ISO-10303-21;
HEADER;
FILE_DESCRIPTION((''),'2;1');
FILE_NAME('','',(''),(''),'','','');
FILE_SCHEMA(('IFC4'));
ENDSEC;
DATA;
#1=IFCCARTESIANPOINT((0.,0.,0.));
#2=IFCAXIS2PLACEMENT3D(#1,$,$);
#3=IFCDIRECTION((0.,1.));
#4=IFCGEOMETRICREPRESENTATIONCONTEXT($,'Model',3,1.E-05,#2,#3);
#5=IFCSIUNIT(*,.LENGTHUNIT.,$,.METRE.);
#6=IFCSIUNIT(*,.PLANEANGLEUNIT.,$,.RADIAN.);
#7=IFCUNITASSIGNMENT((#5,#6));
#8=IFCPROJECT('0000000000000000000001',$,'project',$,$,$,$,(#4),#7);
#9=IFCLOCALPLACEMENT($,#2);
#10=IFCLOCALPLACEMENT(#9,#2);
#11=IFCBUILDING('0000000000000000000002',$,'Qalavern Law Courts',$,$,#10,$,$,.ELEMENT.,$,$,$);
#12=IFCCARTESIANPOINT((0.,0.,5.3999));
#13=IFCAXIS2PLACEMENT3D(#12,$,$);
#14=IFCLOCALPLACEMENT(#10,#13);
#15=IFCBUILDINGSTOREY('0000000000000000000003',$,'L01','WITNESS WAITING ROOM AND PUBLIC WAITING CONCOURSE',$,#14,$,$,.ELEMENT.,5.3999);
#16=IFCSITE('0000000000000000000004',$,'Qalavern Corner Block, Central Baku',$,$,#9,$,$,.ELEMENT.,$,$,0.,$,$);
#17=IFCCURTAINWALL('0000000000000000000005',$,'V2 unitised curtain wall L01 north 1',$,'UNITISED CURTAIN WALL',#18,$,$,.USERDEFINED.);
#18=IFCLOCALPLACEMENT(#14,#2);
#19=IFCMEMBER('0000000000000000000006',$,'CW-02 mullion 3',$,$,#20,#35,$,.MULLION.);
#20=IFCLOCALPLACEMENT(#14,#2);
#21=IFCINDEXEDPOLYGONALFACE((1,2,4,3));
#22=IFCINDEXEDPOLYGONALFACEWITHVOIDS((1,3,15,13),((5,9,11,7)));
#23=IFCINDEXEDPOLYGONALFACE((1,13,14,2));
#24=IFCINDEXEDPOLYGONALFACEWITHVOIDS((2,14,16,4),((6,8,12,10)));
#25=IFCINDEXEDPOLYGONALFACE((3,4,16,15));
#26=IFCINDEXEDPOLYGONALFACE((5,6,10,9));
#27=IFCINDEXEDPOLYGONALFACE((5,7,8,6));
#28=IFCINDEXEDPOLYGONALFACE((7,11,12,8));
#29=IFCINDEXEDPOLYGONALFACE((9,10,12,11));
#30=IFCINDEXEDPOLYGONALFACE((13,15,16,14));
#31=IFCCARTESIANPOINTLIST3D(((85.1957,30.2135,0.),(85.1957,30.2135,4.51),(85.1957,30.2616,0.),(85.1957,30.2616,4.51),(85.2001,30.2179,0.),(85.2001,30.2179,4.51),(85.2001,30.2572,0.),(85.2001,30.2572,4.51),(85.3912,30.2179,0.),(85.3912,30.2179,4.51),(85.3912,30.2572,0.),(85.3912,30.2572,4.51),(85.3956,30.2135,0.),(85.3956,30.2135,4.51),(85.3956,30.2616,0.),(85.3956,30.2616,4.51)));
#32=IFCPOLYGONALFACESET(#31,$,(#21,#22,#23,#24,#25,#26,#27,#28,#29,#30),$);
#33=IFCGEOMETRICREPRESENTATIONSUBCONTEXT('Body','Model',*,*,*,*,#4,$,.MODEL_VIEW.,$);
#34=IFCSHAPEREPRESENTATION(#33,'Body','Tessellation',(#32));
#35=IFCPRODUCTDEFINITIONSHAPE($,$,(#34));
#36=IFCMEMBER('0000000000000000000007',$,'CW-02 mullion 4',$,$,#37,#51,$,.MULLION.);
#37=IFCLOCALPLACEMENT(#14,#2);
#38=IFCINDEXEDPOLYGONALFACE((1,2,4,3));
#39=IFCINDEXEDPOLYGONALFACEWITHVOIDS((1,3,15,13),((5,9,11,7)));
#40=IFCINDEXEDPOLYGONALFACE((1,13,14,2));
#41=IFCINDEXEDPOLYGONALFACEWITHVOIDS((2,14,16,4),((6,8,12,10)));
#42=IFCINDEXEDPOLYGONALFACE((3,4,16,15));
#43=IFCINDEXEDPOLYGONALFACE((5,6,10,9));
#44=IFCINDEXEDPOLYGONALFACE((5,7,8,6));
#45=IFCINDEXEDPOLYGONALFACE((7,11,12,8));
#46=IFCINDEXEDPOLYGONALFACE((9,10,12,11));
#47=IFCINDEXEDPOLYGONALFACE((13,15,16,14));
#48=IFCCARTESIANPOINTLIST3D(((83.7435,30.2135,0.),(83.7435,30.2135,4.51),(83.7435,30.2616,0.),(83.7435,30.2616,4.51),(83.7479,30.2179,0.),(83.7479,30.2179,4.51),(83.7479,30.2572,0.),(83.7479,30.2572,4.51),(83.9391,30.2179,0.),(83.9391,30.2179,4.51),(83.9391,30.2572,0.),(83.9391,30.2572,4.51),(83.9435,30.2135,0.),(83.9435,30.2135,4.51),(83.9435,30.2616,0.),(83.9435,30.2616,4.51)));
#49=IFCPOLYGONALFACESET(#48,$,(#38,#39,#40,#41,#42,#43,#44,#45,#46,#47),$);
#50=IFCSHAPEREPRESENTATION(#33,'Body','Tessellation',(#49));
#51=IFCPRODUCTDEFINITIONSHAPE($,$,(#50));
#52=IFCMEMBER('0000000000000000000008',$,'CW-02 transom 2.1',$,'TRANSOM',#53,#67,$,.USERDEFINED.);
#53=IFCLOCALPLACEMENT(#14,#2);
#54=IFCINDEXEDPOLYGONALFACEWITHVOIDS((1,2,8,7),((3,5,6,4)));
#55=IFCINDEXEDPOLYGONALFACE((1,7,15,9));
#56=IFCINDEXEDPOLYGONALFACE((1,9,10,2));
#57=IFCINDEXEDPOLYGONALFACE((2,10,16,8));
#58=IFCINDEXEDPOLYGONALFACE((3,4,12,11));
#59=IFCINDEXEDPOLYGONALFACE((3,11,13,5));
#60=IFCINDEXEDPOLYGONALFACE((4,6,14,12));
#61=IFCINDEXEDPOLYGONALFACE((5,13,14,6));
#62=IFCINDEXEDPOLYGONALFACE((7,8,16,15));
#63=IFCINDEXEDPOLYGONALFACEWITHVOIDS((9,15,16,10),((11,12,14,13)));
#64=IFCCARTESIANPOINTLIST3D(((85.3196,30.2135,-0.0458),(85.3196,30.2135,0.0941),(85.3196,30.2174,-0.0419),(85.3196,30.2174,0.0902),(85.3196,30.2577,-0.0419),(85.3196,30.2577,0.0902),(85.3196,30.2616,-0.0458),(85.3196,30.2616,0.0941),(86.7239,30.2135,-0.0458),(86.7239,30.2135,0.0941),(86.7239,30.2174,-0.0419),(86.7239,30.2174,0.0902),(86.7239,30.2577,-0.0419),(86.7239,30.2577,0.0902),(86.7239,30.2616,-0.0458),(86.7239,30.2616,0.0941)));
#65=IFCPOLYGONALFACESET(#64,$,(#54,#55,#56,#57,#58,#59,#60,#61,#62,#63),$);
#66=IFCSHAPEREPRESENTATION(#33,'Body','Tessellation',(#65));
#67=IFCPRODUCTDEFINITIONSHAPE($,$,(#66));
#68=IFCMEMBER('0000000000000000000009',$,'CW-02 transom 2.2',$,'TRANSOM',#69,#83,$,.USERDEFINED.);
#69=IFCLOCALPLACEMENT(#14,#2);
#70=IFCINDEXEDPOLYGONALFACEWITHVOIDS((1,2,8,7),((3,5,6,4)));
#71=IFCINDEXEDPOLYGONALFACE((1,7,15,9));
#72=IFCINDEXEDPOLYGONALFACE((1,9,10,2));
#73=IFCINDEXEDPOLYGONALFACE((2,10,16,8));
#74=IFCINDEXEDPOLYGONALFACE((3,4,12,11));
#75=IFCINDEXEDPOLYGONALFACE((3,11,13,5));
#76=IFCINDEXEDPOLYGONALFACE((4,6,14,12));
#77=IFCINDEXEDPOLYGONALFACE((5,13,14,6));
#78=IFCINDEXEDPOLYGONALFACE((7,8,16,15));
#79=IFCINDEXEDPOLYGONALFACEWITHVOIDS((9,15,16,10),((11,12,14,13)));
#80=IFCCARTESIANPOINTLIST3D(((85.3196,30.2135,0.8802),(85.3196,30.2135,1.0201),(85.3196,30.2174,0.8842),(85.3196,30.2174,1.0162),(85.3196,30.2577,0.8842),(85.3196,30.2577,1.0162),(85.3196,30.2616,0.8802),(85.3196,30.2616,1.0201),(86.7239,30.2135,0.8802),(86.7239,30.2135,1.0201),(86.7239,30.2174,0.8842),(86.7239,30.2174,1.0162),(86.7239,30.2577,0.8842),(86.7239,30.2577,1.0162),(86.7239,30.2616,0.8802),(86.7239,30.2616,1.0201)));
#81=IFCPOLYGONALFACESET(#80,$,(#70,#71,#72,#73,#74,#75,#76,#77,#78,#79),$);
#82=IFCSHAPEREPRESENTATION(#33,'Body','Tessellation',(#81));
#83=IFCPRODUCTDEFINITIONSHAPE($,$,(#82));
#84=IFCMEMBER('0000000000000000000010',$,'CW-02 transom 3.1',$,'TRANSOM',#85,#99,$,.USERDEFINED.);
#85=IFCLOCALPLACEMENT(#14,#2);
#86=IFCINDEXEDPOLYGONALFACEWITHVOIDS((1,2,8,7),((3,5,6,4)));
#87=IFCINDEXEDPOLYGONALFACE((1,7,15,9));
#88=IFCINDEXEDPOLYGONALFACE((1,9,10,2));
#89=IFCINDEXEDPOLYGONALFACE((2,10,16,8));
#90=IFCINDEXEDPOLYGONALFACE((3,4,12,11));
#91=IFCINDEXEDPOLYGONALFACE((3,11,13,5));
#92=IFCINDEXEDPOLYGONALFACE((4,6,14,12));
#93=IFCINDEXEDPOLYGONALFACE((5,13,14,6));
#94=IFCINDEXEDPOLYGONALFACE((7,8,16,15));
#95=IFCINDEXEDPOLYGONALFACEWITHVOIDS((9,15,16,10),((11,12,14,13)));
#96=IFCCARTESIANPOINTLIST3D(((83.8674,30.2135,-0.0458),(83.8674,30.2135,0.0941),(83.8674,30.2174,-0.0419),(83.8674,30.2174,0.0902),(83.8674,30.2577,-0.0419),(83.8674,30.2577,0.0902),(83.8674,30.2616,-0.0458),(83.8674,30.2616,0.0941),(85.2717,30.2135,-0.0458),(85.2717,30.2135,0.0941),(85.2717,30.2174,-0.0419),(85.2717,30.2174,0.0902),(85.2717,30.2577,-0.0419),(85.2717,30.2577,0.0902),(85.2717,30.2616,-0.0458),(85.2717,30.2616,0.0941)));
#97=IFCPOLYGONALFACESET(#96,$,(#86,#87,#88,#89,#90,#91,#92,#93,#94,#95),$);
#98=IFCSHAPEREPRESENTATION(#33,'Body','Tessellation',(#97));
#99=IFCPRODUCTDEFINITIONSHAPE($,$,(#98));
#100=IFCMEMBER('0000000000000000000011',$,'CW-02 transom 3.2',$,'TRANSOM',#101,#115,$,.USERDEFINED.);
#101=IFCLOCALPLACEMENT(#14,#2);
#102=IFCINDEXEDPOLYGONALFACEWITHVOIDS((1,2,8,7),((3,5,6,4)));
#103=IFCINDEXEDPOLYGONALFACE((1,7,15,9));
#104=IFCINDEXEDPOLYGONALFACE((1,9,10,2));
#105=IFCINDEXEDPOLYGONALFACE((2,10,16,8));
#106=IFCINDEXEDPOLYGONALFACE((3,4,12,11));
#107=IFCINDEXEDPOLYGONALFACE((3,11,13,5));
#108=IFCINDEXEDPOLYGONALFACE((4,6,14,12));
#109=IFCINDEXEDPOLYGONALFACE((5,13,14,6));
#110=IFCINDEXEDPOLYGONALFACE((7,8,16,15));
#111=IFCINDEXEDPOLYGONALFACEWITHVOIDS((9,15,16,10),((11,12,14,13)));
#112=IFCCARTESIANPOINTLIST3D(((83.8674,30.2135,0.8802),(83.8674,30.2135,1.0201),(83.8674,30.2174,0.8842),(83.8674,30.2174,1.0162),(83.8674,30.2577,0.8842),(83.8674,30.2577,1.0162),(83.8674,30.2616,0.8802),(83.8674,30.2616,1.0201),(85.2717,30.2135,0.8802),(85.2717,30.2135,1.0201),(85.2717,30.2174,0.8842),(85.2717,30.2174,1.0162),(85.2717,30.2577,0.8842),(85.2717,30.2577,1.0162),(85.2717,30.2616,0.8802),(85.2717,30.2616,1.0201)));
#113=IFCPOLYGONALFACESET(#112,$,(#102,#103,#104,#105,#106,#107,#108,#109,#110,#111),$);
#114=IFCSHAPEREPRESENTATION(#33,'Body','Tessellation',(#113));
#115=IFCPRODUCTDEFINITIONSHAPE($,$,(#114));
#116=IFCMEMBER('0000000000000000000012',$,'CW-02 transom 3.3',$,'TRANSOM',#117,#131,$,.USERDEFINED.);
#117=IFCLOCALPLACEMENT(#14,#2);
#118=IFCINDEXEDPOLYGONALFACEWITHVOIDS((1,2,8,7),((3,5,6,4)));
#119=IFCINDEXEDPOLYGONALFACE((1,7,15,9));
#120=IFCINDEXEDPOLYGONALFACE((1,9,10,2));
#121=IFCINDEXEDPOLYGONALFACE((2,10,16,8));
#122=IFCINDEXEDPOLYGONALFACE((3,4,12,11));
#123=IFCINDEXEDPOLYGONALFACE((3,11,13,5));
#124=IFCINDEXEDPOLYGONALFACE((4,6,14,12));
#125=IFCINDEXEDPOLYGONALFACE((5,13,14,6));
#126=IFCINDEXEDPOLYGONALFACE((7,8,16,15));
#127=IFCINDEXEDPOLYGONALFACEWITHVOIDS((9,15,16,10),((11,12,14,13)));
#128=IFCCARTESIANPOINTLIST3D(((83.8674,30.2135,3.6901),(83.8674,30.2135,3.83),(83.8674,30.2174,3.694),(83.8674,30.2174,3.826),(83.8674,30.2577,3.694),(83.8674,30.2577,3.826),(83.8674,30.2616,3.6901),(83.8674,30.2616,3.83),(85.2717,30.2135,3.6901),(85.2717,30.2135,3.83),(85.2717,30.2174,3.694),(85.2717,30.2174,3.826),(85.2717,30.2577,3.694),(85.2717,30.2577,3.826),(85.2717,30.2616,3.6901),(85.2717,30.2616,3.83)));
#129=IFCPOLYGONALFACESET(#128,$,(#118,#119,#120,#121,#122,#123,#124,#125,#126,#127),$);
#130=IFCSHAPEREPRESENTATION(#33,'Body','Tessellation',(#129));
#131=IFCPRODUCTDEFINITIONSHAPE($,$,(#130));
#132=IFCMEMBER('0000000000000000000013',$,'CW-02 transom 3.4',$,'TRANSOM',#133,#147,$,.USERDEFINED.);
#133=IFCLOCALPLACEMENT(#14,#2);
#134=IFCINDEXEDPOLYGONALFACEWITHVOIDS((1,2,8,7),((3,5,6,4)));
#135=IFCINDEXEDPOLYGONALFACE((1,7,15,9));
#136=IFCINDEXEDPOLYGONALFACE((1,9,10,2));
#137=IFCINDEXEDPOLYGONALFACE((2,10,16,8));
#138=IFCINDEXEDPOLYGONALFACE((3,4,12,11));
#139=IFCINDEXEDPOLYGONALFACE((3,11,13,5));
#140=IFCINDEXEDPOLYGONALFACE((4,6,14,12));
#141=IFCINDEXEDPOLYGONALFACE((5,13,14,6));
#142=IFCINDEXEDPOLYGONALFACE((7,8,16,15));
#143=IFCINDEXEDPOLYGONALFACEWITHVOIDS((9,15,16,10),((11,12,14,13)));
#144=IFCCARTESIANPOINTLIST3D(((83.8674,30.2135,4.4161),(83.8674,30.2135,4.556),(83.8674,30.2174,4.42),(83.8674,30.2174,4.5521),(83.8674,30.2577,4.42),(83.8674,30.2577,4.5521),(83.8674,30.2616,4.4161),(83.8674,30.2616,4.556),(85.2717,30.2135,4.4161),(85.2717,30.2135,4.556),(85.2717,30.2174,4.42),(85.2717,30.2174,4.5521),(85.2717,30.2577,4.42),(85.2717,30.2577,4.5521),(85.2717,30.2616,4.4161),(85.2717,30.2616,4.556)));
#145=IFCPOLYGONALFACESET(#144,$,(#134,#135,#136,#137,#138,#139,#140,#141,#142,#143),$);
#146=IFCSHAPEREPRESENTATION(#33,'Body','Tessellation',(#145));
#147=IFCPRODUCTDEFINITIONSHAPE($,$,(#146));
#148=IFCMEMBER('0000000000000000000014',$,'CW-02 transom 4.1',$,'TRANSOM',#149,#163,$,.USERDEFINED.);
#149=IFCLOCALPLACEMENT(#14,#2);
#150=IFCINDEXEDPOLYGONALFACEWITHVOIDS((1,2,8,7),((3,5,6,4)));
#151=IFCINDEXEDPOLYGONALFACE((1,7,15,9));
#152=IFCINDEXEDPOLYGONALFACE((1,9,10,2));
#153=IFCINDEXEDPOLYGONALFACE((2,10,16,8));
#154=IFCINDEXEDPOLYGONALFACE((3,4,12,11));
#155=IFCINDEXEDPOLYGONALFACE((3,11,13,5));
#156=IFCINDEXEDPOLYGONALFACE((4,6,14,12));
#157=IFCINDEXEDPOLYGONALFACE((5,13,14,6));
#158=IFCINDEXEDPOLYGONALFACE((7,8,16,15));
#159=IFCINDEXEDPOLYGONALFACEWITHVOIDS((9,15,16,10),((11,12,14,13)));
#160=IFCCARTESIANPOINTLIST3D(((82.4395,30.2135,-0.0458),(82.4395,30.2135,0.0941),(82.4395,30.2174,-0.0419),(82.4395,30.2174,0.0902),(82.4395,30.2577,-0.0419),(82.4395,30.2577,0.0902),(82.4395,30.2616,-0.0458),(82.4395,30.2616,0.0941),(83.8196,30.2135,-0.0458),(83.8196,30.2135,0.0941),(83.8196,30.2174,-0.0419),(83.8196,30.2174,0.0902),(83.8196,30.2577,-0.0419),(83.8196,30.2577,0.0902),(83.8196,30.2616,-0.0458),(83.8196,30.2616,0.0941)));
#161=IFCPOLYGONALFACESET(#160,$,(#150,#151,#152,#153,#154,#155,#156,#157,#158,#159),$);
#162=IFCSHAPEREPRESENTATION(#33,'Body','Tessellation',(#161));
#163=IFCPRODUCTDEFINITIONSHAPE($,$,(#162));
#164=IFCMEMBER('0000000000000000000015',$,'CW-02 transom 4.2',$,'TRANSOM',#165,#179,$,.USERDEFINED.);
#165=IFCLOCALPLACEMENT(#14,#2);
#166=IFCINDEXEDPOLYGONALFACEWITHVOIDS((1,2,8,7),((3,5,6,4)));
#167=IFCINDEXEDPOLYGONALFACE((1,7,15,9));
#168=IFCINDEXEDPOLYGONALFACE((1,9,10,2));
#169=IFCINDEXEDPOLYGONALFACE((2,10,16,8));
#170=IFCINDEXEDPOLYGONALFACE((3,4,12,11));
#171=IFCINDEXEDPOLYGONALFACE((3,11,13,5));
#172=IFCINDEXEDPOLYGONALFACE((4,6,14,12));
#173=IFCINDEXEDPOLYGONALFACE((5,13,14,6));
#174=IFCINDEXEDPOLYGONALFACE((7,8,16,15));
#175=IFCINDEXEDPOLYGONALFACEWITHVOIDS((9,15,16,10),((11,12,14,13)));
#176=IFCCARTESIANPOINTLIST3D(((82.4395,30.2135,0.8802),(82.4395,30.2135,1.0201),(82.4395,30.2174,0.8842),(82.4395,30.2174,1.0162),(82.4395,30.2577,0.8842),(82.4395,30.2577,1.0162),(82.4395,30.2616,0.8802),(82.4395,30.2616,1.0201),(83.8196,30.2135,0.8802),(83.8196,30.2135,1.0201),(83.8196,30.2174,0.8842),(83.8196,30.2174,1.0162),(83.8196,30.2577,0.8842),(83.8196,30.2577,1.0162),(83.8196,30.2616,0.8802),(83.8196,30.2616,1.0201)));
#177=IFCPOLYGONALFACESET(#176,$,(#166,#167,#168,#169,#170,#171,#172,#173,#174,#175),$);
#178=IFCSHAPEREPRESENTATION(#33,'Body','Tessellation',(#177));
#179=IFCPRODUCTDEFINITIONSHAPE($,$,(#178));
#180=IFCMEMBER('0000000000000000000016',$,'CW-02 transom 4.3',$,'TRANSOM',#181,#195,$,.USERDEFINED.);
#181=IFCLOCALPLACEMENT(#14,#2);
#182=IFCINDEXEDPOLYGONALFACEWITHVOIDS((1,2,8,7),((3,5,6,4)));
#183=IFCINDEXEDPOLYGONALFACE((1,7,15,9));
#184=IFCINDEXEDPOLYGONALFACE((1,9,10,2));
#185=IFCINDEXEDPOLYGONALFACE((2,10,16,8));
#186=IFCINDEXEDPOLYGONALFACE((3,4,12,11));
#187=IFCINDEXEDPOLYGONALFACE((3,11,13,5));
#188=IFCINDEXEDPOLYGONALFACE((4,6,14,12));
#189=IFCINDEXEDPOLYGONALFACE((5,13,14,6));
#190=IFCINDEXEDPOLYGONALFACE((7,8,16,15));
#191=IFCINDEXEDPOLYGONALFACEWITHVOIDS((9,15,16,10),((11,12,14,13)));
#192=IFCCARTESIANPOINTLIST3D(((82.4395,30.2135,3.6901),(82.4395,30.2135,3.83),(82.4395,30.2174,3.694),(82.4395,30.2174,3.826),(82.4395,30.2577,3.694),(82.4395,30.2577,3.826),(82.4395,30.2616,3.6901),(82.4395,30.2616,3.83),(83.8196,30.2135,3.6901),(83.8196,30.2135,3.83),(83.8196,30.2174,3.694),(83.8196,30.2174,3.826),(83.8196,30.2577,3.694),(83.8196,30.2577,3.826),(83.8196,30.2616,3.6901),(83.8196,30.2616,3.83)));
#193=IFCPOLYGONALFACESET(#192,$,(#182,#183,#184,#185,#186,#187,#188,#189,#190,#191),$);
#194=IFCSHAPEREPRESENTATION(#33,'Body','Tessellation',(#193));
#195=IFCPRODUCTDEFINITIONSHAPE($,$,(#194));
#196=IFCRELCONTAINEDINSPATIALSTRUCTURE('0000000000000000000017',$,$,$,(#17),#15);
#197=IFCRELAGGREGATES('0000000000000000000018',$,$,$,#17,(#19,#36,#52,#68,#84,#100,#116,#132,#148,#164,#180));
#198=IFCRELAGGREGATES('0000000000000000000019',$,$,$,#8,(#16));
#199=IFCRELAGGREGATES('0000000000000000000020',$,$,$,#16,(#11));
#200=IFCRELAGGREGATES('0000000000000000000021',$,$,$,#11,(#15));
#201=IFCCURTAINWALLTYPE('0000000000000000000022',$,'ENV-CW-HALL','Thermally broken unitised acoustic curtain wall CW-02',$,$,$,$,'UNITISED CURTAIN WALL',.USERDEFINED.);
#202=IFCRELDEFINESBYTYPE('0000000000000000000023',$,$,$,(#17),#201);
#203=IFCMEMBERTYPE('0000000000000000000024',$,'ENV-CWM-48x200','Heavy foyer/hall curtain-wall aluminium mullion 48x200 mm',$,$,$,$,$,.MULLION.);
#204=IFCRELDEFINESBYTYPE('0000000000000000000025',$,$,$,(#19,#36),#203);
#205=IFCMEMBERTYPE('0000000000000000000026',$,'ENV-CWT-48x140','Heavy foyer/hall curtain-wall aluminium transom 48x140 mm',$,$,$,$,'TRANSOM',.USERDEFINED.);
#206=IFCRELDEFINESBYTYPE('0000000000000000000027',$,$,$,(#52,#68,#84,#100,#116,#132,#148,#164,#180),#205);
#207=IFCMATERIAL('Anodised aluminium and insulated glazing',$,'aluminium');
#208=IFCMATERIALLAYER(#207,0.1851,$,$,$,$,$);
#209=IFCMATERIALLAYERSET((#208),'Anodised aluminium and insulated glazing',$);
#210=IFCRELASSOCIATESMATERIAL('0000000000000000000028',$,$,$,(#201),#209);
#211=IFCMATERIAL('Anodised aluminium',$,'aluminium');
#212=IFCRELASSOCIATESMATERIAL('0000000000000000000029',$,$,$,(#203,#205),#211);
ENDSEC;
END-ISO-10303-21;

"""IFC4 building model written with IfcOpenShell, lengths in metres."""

from ifc_helpers import new_model, si_unit, direction, frame, origin, origin_2d, place, context, subcontext, project, spatial, hollow_rectangle, extrude, material, layer, layer_set, material_profile, profile_set, type_object, element, aggregate, save


model = new_model("IFC4")

# Units and contexts
model_context = context("Model", 3, precision=1e-05, world=origin(), true_north=direction((0.0, 1.0)))
body_context = subcontext(model_context, "Body", "Model", "MODEL_VIEW")
ifc_project = project(units=[si_unit("LENGTHUNIT", "METRE"), si_unit("PLANEANGLEUNIT", "RADIAN")], contexts=[model_context])

# Site, building, storey
site_placement = place(None, origin())
site = spatial("IfcSite", under=ifc_project, at=site_placement, Name="Qalavern Corner Block, Central Baku", CompositionType="ELEMENT", RefElevation=0.0)
building_placement = place(site_placement, origin())
building = spatial("IfcBuilding", under=site, at=building_placement, Name="Qalavern Law Courts", CompositionType="ELEMENT")
storey_placement = place(building_placement, frame((0.0, 0.0, 5.3999)))
storey = spatial("IfcBuildingStorey", under=building, at=storey_placement, Name="L01", Description="WITNESS WAITING ROOM AND PUBLIC WAITING CONCOURSE", CompositionType="ELEMENT", Elevation=5.3999)

# Curtain wall, members
ifc_material_1 = material(Name="Anodised aluminium and insulated glazing", Category="aluminium")
ifc_layer_1 = layer(ifc_material_1, 0.1851)
ifc_layer_set_1 = layer_set([ifc_layer_1], Name="Anodised aluminium and insulated glazing")
curtain_wall_type = type_object("IfcCurtainWallType", Name="ENV-CW-HALL", Description="Thermally broken unitised acoustic curtain wall CW-02", ElementType="UNITISED CURTAIN WALL", PredefinedType="USERDEFINED", material=ifc_layer_set_1)
curtain_wall_placement = place(storey_placement, origin())
curtain_wall = element("IfcCurtainWall", 1, at=curtain_wall_placement, inside=storey, type_object=curtain_wall_type, Name="V2 unitised curtain wall L01 north 1", ObjectType="UNITISED CURTAIN WALL", PredefinedType="USERDEFINED")
ifc_material_2 = material(Name="Anodised aluminium", Category="aluminium")
ifc_material_profile_1 = material_profile(ifc_material_2, hollow_rectangle(XDim=0.0481, YDim=0.2, WallThickness=0.0044, at=origin_2d()), Name="ALU MULLION 48x200")
ifc_profile_set_1 = profile_set([ifc_material_profile_1], Name="Anodised aluminium")
member_type_1 = type_object("IfcMemberType", Name="ENV-CWM-48x200", Description="Heavy foyer/hall curtain-wall aluminium mullion 48x200 mm", PredefinedType="MULLION", material=ifc_profile_set_1)
member_1_placement = place(storey_placement, frame((85.2957, 30.2375, 0.0), z_axis=(0.0, 0.0, 1.0), x_axis=(0.0, -1.0, 0.0)))
member_1 = element("IfcMember", 2, at=member_1_placement, type_object=member_type_1, Name="CW-02 mullion 3", PredefinedType="MULLION", context=body_context, shape_type="SweptSolid", body=[
    extrude(hollow_rectangle(XDim=0.0481, YDim=0.2, WallThickness=0.0044, at=origin_2d()), origin(), (0.0, 0.0, 1.0), 4.51),
])
member_2_placement = place(storey_placement, frame((83.8435, 30.2375, 0.0), z_axis=(0.0, 0.0, 1.0), x_axis=(0.0, -1.0, 0.0)))
member_2 = element("IfcMember", 3, at=member_2_placement, type_object=member_type_1, Name="CW-02 mullion 4", PredefinedType="MULLION", context=body_context, shape_type="SweptSolid", body=[
    extrude(hollow_rectangle(XDim=0.0481, YDim=0.2, WallThickness=0.0044, at=origin_2d()), origin(), (0.0, 0.0, 1.0), 4.51),
])
ifc_material_profile_2 = material_profile(ifc_material_2, hollow_rectangle(XDim=0.0481, YDim=0.1399, WallThickness=0.0039, at=origin_2d()), Name="ALU TRANSOM 48x140")
ifc_profile_set_2 = profile_set([ifc_material_profile_2], Name="Anodised aluminium")
member_type_2 = type_object("IfcMemberType", Name="ENV-CWT-48x140", Description="Heavy foyer/hall curtain-wall aluminium transom 48x140 mm", ElementType="TRANSOM", PredefinedType="USERDEFINED", material=ifc_profile_set_2)
member_3_placement = place(storey_placement, frame((86.7239, 30.2375, 0.0242), z_axis=(-1.0, 0.0, 0.0), x_axis=(0.0, -1.0, 0.0)))
member_3 = element("IfcMember", 4, at=member_3_placement, type_object=member_type_2, Name="CW-02 transom 2.1", ObjectType="TRANSOM", PredefinedType="USERDEFINED", context=body_context, shape_type="SweptSolid", body=[
    extrude(hollow_rectangle(XDim=0.0481, YDim=0.1399, WallThickness=0.0039, at=origin_2d()), origin(), (0.0, 0.0, 1.0), 1.4043),
])
member_4_placement = place(storey_placement, frame((86.7239, 30.2375, 0.9502), z_axis=(-1.0, 0.0, 0.0), x_axis=(0.0, -1.0, 0.0)))
member_4 = element("IfcMember", 5, at=member_4_placement, type_object=member_type_2, Name="CW-02 transom 2.2", ObjectType="TRANSOM", PredefinedType="USERDEFINED", context=body_context, shape_type="SweptSolid", body=[
    extrude(hollow_rectangle(XDim=0.0481, YDim=0.1399, WallThickness=0.0039, at=origin_2d()), origin(), (0.0, 0.0, 1.0), 1.4043),
])
member_5_placement = place(storey_placement, frame((85.2717, 30.2375, 0.0242), z_axis=(-1.0, 0.0, 0.0), x_axis=(0.0, -1.0, 0.0)))
member_5 = element("IfcMember", 6, at=member_5_placement, type_object=member_type_2, Name="CW-02 transom 3.1", ObjectType="TRANSOM", PredefinedType="USERDEFINED", context=body_context, shape_type="SweptSolid", body=[
    extrude(hollow_rectangle(XDim=0.0481, YDim=0.1399, WallThickness=0.0039, at=origin_2d()), origin(), (0.0, 0.0, 1.0), 1.4043),
])
member_6_placement = place(storey_placement, frame((85.2717, 30.2375, 0.9502), z_axis=(-1.0, 0.0, 0.0), x_axis=(0.0, -1.0, 0.0)))
member_6 = element("IfcMember", 7, at=member_6_placement, type_object=member_type_2, Name="CW-02 transom 3.2", ObjectType="TRANSOM", PredefinedType="USERDEFINED", context=body_context, shape_type="SweptSolid", body=[
    extrude(hollow_rectangle(XDim=0.0481, YDim=0.1399, WallThickness=0.0039, at=origin_2d()), origin(), (0.0, 0.0, 1.0), 1.4043),
])
member_7_placement = place(storey_placement, frame((85.2717, 30.2375, 3.76), z_axis=(-1.0, 0.0, 0.0), x_axis=(0.0, -1.0, 0.0)))
member_7 = element("IfcMember", 8, at=member_7_placement, type_object=member_type_2, Name="CW-02 transom 3.3", ObjectType="TRANSOM", PredefinedType="USERDEFINED", context=body_context, shape_type="SweptSolid", body=[
    extrude(hollow_rectangle(XDim=0.0481, YDim=0.1399, WallThickness=0.0039, at=origin_2d()), origin(), (0.0, 0.0, 1.0), 1.4043),
])
member_8_placement = place(storey_placement, frame((85.2717, 30.2375, 4.4861), z_axis=(-1.0, 0.0, 0.0), x_axis=(0.0, -1.0, 0.0)))
member_8 = element("IfcMember", 9, at=member_8_placement, type_object=member_type_2, Name="CW-02 transom 3.4", ObjectType="TRANSOM", PredefinedType="USERDEFINED", context=body_context, shape_type="SweptSolid", body=[
    extrude(hollow_rectangle(XDim=0.0481, YDim=0.1399, WallThickness=0.0039, at=origin_2d()), origin(), (0.0, 0.0, 1.0), 1.4043),
])
member_9_placement = place(storey_placement, frame((83.8196, 30.2375, 0.0242), z_axis=(-1.0, 0.0, 0.0), x_axis=(0.0, -1.0, 0.0)))
member_9 = element("IfcMember", 10, at=member_9_placement, type_object=member_type_2, Name="CW-02 transom 4.1", ObjectType="TRANSOM", PredefinedType="USERDEFINED", context=body_context, shape_type="SweptSolid", body=[
    extrude(hollow_rectangle(XDim=0.0481, YDim=0.1399, WallThickness=0.0039, at=origin_2d()), origin(), (0.0, 0.0, 1.0), 1.3801),
])
member_10_placement = place(storey_placement, frame((83.8196, 30.2375, 0.9502), z_axis=(-1.0, 0.0, 0.0), x_axis=(0.0, -1.0, 0.0)))
member_10 = element("IfcMember", 11, at=member_10_placement, type_object=member_type_2, Name="CW-02 transom 4.2", ObjectType="TRANSOM", PredefinedType="USERDEFINED", context=body_context, shape_type="SweptSolid", body=[
    extrude(hollow_rectangle(XDim=0.0481, YDim=0.1399, WallThickness=0.0039, at=origin_2d()), origin(), (0.0, 0.0, 1.0), 1.3801),
])
member_11_placement = place(storey_placement, frame((83.8196, 30.2375, 3.76), z_axis=(-1.0, 0.0, 0.0), x_axis=(0.0, -1.0, 0.0)))
member_11 = element("IfcMember", 12, at=member_11_placement, type_object=member_type_2, Name="CW-02 transom 4.3", ObjectType="TRANSOM", PredefinedType="USERDEFINED", context=body_context, shape_type="SweptSolid", body=[
    extrude(hollow_rectangle(XDim=0.0481, YDim=0.1399, WallThickness=0.0039, at=origin_2d()), origin(), (0.0, 0.0, 1.0), 1.3801),
])
aggregate(curtain_wall, [member_1, member_2, member_3, member_4, member_5, member_6, member_7, member_8, member_9, member_10, member_11])

save(model, "model.ifc")
